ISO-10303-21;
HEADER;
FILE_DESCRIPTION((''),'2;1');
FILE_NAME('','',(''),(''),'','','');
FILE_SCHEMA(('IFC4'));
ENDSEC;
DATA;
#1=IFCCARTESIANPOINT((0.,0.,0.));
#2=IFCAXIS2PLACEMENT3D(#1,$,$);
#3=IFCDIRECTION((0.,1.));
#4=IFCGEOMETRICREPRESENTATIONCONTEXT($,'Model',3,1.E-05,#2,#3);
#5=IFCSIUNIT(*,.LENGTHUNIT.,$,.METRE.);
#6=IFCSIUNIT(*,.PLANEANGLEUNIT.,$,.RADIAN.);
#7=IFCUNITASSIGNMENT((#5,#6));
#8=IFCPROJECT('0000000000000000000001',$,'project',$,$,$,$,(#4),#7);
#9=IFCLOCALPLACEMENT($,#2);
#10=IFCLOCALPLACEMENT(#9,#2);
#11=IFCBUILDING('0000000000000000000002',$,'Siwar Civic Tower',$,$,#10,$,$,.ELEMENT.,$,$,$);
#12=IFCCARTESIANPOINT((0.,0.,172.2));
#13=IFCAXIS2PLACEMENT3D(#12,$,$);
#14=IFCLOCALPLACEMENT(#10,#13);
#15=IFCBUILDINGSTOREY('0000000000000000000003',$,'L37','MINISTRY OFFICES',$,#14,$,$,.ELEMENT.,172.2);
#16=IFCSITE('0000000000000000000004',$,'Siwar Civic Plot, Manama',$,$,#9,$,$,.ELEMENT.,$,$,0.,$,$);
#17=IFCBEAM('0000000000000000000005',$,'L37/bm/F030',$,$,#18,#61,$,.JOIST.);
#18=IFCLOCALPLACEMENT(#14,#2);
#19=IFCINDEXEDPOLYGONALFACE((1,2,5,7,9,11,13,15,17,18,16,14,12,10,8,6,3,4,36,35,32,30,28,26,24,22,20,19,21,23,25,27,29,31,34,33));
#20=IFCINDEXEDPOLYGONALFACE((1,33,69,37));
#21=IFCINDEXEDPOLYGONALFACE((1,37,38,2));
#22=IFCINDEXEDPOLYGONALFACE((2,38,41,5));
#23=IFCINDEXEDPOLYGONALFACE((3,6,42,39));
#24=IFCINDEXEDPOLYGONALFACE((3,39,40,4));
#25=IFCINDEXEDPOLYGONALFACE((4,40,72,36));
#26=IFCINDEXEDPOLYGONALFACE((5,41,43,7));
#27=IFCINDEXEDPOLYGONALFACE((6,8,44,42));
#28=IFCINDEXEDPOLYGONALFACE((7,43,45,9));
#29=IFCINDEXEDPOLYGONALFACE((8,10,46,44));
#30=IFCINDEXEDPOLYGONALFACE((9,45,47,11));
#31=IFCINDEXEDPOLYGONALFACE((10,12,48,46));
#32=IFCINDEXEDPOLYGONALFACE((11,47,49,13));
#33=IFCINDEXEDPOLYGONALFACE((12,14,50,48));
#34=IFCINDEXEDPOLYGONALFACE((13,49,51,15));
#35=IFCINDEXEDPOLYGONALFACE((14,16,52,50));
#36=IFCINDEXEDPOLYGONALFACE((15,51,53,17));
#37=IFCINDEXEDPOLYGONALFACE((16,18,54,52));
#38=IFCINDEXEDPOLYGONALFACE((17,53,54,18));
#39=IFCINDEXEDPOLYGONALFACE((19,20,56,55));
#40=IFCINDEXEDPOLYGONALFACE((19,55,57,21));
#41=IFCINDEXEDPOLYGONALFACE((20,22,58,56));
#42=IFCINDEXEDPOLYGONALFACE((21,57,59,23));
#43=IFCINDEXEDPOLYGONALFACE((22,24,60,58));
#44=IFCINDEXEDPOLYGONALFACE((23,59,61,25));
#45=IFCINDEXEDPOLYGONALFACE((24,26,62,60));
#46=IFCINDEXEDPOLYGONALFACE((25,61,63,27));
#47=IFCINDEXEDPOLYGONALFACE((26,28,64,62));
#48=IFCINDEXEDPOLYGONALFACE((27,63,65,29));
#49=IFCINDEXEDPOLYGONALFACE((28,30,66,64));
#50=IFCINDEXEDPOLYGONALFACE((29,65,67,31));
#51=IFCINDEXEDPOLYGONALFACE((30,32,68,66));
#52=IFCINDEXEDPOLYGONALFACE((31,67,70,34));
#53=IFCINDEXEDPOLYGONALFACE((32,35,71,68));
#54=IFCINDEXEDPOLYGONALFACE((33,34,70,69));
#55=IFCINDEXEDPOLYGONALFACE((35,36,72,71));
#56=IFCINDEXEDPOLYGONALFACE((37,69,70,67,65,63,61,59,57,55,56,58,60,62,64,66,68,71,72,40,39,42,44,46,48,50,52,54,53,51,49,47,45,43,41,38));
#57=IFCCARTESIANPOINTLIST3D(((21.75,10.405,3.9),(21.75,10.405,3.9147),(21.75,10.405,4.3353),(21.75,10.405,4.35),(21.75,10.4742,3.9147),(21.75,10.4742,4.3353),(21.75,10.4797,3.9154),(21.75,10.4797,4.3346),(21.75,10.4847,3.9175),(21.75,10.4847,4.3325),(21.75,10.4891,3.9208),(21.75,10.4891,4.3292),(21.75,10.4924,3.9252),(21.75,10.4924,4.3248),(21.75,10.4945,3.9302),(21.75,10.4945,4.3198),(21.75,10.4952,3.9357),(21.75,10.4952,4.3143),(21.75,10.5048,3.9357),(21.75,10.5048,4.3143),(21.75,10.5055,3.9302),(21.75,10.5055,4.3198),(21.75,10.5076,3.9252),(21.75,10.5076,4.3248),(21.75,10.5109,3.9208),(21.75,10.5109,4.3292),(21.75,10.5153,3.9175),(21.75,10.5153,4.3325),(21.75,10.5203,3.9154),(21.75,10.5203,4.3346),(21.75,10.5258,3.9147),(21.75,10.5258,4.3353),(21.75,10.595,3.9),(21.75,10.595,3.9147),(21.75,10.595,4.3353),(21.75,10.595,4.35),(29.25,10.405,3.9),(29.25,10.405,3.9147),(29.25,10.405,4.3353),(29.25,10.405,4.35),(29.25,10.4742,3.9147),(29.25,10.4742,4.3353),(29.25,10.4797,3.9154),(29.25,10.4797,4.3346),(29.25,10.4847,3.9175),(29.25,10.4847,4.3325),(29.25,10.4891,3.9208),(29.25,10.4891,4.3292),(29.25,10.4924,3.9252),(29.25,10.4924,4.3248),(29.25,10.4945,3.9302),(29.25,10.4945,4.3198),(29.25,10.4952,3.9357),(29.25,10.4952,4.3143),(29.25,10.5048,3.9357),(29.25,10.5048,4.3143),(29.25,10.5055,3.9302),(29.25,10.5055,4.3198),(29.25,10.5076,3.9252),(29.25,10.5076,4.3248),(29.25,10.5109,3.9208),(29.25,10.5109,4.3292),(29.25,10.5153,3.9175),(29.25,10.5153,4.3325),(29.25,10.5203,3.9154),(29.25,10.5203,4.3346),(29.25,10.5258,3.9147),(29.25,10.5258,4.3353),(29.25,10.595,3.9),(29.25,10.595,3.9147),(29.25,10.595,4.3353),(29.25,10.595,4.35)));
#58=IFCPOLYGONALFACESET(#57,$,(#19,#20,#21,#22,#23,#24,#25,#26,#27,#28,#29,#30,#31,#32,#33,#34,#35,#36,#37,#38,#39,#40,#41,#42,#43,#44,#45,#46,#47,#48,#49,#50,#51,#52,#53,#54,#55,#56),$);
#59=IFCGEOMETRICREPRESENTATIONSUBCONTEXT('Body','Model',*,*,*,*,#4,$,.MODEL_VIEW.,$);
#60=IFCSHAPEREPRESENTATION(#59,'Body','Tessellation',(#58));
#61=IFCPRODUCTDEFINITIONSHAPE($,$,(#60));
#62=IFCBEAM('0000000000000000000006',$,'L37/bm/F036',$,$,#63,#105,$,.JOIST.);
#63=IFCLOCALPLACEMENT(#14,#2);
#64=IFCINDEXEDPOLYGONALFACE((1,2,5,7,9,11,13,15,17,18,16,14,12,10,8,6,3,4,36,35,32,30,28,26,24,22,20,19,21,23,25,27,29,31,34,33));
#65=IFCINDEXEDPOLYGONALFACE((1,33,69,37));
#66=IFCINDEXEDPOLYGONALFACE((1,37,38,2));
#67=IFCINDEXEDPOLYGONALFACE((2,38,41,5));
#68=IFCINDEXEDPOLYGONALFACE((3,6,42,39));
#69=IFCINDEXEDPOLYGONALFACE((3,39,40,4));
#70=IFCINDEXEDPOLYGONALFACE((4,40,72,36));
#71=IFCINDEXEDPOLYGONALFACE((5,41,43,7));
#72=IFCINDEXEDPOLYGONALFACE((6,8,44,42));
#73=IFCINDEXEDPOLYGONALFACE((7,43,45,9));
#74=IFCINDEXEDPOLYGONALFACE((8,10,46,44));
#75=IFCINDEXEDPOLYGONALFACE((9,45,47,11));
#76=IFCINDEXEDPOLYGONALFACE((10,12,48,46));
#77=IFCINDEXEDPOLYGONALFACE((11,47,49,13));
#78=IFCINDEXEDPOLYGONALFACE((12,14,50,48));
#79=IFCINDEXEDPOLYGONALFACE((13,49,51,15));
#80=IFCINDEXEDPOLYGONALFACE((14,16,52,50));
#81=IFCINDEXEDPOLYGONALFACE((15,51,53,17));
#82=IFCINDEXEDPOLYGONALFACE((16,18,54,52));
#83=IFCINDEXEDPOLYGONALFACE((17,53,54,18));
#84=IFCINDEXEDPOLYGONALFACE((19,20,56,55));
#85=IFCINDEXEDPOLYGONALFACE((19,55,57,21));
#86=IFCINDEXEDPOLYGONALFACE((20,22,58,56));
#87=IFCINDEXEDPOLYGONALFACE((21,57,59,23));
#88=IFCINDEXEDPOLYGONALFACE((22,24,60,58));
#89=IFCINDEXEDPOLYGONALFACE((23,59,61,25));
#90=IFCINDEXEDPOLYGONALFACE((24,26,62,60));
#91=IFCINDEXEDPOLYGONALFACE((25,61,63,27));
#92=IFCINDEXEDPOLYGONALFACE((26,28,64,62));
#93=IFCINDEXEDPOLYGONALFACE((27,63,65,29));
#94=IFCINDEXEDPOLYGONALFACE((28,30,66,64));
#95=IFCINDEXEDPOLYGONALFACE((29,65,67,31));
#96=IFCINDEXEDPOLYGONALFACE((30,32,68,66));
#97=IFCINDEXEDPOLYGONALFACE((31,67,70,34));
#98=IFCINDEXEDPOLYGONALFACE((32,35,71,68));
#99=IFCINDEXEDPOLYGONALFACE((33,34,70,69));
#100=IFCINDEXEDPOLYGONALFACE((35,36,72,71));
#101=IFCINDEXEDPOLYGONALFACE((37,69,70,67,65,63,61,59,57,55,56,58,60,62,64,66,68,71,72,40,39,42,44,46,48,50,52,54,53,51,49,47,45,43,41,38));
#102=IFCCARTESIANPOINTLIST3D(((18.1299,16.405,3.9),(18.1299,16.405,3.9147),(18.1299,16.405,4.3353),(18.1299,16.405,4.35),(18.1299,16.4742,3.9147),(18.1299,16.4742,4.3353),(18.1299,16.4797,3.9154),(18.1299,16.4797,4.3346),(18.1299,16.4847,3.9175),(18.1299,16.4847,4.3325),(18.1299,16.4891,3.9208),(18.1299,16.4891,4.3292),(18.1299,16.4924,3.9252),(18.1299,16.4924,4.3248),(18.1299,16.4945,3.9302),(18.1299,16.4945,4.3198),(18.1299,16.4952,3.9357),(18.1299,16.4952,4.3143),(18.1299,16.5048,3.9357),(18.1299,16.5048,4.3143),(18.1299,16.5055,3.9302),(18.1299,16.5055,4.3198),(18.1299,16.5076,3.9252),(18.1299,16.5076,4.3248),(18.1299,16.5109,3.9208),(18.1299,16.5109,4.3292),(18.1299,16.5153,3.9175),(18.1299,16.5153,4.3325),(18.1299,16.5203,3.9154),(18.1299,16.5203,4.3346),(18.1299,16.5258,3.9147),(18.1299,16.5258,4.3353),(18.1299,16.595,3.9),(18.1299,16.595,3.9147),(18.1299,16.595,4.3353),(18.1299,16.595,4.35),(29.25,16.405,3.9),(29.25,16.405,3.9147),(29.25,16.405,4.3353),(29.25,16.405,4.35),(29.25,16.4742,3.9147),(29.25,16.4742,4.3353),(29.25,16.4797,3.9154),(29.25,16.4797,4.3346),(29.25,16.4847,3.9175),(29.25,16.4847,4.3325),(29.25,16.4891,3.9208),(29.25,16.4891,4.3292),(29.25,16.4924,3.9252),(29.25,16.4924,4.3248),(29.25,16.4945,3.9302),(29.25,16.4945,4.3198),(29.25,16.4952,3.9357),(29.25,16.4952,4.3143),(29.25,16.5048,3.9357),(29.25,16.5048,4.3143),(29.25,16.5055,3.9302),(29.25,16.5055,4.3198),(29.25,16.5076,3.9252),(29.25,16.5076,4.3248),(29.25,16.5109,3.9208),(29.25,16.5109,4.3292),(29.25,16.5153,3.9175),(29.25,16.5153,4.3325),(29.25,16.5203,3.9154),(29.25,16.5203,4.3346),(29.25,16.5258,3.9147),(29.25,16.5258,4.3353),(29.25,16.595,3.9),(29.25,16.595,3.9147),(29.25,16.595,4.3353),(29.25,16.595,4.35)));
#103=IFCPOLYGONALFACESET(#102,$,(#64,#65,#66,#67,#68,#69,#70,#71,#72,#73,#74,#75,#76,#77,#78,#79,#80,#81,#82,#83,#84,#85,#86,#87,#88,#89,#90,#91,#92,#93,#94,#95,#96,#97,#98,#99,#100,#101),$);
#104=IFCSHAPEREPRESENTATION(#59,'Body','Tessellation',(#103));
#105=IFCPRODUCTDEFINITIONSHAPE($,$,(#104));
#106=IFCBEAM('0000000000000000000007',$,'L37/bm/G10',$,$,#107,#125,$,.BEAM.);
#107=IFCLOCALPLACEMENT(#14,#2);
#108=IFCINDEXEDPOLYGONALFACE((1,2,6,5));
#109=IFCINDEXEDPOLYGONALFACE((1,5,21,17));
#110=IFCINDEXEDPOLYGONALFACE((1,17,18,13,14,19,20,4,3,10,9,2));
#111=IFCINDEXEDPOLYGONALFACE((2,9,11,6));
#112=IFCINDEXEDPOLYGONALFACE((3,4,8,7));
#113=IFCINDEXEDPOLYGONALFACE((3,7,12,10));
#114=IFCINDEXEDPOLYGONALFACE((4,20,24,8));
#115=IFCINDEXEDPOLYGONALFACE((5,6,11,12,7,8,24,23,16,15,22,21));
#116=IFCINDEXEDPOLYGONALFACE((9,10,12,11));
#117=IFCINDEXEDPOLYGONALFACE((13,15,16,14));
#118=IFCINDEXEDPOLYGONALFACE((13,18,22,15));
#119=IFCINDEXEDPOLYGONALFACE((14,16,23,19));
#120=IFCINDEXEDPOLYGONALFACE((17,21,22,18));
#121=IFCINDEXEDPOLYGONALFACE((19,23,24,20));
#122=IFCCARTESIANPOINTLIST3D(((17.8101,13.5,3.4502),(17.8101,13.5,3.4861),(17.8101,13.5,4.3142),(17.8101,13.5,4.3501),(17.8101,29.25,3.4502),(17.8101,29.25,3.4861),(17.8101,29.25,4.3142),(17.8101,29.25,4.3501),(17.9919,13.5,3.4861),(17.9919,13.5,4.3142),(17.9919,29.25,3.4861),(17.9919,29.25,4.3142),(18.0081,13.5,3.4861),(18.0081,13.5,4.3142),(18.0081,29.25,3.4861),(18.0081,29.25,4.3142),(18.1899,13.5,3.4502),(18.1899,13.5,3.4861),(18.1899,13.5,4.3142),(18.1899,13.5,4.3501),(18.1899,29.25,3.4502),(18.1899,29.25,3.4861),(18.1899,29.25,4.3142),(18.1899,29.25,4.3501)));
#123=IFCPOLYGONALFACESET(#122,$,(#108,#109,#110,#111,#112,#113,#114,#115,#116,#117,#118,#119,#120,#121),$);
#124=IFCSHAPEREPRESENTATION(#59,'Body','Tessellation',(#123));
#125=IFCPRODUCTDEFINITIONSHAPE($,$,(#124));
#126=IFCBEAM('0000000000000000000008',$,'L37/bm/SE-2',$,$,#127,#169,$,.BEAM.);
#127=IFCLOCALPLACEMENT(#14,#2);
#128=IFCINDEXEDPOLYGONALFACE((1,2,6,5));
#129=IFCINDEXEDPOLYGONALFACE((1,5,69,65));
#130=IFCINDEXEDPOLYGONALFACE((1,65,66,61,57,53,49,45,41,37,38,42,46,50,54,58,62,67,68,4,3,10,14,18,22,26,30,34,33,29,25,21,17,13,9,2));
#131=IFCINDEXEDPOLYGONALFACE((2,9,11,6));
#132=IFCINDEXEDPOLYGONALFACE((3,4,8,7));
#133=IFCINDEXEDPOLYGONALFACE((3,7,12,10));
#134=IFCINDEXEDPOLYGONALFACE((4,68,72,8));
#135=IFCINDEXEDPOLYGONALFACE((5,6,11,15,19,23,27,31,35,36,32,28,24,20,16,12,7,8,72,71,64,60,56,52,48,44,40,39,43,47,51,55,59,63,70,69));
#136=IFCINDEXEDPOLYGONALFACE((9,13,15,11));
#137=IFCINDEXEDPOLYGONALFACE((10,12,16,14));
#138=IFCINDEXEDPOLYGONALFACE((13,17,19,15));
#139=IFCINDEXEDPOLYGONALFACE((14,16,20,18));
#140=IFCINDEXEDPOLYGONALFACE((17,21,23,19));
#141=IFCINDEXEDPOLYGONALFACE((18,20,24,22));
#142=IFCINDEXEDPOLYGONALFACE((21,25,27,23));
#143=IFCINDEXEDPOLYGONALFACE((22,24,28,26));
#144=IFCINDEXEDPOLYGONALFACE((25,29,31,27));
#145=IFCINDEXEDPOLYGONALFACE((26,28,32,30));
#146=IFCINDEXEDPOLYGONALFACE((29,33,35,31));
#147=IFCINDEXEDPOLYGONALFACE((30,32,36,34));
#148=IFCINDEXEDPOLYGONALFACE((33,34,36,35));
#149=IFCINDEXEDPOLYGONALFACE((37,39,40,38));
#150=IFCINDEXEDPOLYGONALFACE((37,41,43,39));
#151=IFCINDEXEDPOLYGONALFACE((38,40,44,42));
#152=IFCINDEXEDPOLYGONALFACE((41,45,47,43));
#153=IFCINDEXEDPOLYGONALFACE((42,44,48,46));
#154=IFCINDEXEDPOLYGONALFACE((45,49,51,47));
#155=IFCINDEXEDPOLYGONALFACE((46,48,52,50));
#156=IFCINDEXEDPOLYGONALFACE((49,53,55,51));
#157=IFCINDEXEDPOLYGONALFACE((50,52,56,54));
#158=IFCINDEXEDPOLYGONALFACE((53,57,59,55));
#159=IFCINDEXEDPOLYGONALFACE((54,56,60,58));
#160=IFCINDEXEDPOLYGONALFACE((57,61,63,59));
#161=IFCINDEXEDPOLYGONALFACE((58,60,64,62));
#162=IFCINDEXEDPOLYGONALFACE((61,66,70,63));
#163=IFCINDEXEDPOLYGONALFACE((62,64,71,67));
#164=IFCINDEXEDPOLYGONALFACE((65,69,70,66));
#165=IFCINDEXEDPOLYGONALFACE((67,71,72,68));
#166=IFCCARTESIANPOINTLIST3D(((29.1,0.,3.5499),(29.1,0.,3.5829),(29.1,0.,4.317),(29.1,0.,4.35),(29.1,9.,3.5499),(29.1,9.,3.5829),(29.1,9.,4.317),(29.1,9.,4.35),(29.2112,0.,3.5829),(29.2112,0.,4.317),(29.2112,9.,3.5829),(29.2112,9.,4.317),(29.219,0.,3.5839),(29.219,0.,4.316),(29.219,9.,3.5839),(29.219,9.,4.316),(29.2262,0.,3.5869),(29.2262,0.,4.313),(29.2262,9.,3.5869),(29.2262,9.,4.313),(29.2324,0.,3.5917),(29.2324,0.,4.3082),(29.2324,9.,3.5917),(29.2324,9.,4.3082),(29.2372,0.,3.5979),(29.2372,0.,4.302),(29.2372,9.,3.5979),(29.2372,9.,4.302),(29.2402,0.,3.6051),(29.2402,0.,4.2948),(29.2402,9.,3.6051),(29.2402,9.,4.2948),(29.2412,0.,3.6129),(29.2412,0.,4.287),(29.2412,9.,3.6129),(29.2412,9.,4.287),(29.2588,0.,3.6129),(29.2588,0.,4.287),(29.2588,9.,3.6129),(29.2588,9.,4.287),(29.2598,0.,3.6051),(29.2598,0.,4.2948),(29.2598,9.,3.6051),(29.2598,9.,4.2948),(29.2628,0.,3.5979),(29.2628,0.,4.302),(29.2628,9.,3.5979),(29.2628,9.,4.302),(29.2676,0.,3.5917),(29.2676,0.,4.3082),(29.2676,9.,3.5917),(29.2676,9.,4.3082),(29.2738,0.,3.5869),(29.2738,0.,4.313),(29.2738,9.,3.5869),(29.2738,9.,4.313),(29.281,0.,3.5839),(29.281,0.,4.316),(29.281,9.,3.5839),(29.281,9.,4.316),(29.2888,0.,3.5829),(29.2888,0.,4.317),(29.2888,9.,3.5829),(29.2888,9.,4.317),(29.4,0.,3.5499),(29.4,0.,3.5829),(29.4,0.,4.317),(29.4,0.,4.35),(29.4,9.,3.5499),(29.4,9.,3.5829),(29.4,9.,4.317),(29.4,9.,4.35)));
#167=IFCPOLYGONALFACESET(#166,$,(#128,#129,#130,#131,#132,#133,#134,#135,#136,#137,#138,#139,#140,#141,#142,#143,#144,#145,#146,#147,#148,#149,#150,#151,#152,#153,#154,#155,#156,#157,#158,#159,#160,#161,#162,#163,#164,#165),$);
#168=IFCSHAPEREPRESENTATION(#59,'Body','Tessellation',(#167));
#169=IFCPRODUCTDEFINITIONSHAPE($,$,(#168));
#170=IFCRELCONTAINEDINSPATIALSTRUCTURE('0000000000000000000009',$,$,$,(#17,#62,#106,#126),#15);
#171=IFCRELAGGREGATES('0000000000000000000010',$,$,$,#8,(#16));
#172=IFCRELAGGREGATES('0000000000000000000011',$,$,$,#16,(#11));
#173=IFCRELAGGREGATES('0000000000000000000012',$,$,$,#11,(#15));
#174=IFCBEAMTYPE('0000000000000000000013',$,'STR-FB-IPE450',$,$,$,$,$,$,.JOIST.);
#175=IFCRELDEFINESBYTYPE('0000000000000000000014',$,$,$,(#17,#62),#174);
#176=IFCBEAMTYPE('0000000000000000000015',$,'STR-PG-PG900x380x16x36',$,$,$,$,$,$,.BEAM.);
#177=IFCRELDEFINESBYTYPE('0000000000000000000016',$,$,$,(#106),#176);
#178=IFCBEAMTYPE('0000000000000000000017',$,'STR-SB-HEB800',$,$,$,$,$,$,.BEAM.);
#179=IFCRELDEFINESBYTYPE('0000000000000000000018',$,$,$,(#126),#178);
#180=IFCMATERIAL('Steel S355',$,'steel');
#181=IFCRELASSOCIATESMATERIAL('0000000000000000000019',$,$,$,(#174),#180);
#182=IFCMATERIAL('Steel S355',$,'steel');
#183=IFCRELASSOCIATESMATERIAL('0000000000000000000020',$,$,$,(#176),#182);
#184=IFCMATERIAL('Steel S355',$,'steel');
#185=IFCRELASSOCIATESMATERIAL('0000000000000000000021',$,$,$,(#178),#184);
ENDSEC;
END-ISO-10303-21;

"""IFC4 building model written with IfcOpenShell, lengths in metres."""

from ifc_helpers import new_model, si_unit, direction, frame, origin, origin_2d, place, context, subcontext, project, spatial, i_section, extrude, material, material_profile, profile_set, type_object, element, save


model = new_model("IFC4")

# Units and contexts
model_context = context("Model", 3, precision=1e-05, world=origin(), true_north=direction((0.0, 1.0)))
body_context = subcontext(model_context, "Body", "Model", "MODEL_VIEW")
ifc_project = project(units=[si_unit("LENGTHUNIT", "METRE"), si_unit("PLANEANGLEUNIT", "RADIAN")], contexts=[model_context])

# Site, building, storey
site_placement = place(None, origin())
site = spatial("IfcSite", under=ifc_project, at=site_placement, Name="Siwar Civic Plot, Manama", CompositionType="ELEMENT", RefElevation=0.0)
building_placement = place(site_placement, origin())
building = spatial("IfcBuilding", under=site, at=building_placement, Name="Siwar Civic Tower", CompositionType="ELEMENT")
storey_placement = place(building_placement, frame((0.0, 0.0, 172.2)))
storey = spatial("IfcBuildingStorey", under=building, at=storey_placement, Name="L37", Description="MINISTRY OFFICES", CompositionType="ELEMENT", Elevation=172.2)

# Beams
ifc_material_1 = material(Name="Steel S355", Category="steel")
ifc_material_profile_1 = material_profile(ifc_material_1, i_section(OverallWidth=0.1899, OverallDepth=0.45, WebThickness=0.0095, FlangeThickness=0.0146, FilletRadius=0.021, at=origin_2d()), Name="IPE450")
ifc_profile_set_1 = profile_set([ifc_material_profile_1], Name="Steel S355")
beam_type_1 = type_object("IfcBeamType", Name="STR-FB-IPE450", PredefinedType="JOIST", material=ifc_profile_set_1)
for number, where, z_axis, x_axis, name in (
    (1, (21.75, 10.5, 4.125), (1.0, 0.0, 0.0), (0.0, 1.0, 0.0), "L37/bm/F030"),
):
    element("IfcBeam", number, at=place(storey_placement, frame(where, z_axis=z_axis, x_axis=x_axis)), inside=storey, type_object=beam_type_1, Name=name, PredefinedType="JOIST", context=body_context, shape_type="SweptSolid", body=[
        extrude(i_section(OverallWidth=0.1899, OverallDepth=0.45, WebThickness=0.0095, FlangeThickness=0.0146, FilletRadius=0.021, at=origin_2d()), origin(), (0.0, 0.0, 1.0), 7.5),
    ])
beam_1_placement = place(storey_placement, frame((18.1299, 16.5, 4.125), z_axis=(1.0, 0.0, 0.0), x_axis=(0.0, 1.0, 0.0)))
element("IfcBeam", 2, at=beam_1_placement, inside=storey, type_object=beam_type_1, Name="L37/bm/F036", PredefinedType="JOIST", context=body_context, shape_type="SweptSolid", body=[
    extrude(i_section(OverallWidth=0.1899, OverallDepth=0.45, WebThickness=0.0095, FlangeThickness=0.0146, FilletRadius=0.021, at=origin_2d()), origin(), (0.0, 0.0, 1.0), 11.1201),
])
ifc_material_2 = material(Name="Steel S355", Category="steel")
ifc_material_profile_2 = material_profile(ifc_material_2, i_section(OverallWidth=0.3799, OverallDepth=0.8999, WebThickness=0.0161, FlangeThickness=0.0359, at=origin_2d()), Name="PG900x380x16x36")
ifc_profile_set_2 = profile_set([ifc_material_profile_2], Name="Steel S355")
beam_type_2 = type_object("IfcBeamType", Name="STR-PG-PG900x380x16x36", PredefinedType="BEAM", material=ifc_profile_set_2)
beam_2_placement = place(storey_placement, frame((18.0, 13.5, 3.9001), z_axis=(0.0, 1.0, 0.0), x_axis=(-1.0, 0.0, 0.0)))
element("IfcBeam", 3, at=beam_2_placement, inside=storey, type_object=beam_type_2, Name="L37/bm/G10", PredefinedType="BEAM", context=body_context, shape_type="SweptSolid", body=[
    extrude(i_section(OverallWidth=0.3799, OverallDepth=0.8999, WebThickness=0.0161, FlangeThickness=0.0359, at=origin_2d()), origin(), (0.0, 0.0, 1.0), 15.75),
])
ifc_material_3 = material(Name="Steel S355", Category="steel")
ifc_material_profile_3 = material_profile(ifc_material_3, i_section(OverallWidth=0.3, OverallDepth=0.8, WebThickness=0.0176, FlangeThickness=0.033, FilletRadius=0.03, at=origin_2d()), Name="HEB800")
ifc_profile_set_3 = profile_set([ifc_material_profile_3], Name="Steel S355")
beam_type_3 = type_object("IfcBeamType", Name="STR-SB-HEB800", PredefinedType="BEAM", material=ifc_profile_set_3)
for number, where, z_axis, x_axis, name in (
    (4, (29.25, 0.0, 3.95), (0.0, 1.0, 0.0), (-1.0, 0.0, 0.0), "L37/bm/SE-2"),
):
    element("IfcBeam", number, at=place(storey_placement, frame(where, z_axis=z_axis, x_axis=x_axis)), inside=storey, type_object=beam_type_3, Name=name, PredefinedType="BEAM", context=body_context, shape_type="SweptSolid", body=[
        extrude(i_section(OverallWidth=0.3, OverallDepth=0.8, WebThickness=0.0176, FlangeThickness=0.033, FilletRadius=0.03, at=origin_2d()), origin(), (0.0, 0.0, 1.0), 9.0),
    ])

save(model, "model.ifc")
